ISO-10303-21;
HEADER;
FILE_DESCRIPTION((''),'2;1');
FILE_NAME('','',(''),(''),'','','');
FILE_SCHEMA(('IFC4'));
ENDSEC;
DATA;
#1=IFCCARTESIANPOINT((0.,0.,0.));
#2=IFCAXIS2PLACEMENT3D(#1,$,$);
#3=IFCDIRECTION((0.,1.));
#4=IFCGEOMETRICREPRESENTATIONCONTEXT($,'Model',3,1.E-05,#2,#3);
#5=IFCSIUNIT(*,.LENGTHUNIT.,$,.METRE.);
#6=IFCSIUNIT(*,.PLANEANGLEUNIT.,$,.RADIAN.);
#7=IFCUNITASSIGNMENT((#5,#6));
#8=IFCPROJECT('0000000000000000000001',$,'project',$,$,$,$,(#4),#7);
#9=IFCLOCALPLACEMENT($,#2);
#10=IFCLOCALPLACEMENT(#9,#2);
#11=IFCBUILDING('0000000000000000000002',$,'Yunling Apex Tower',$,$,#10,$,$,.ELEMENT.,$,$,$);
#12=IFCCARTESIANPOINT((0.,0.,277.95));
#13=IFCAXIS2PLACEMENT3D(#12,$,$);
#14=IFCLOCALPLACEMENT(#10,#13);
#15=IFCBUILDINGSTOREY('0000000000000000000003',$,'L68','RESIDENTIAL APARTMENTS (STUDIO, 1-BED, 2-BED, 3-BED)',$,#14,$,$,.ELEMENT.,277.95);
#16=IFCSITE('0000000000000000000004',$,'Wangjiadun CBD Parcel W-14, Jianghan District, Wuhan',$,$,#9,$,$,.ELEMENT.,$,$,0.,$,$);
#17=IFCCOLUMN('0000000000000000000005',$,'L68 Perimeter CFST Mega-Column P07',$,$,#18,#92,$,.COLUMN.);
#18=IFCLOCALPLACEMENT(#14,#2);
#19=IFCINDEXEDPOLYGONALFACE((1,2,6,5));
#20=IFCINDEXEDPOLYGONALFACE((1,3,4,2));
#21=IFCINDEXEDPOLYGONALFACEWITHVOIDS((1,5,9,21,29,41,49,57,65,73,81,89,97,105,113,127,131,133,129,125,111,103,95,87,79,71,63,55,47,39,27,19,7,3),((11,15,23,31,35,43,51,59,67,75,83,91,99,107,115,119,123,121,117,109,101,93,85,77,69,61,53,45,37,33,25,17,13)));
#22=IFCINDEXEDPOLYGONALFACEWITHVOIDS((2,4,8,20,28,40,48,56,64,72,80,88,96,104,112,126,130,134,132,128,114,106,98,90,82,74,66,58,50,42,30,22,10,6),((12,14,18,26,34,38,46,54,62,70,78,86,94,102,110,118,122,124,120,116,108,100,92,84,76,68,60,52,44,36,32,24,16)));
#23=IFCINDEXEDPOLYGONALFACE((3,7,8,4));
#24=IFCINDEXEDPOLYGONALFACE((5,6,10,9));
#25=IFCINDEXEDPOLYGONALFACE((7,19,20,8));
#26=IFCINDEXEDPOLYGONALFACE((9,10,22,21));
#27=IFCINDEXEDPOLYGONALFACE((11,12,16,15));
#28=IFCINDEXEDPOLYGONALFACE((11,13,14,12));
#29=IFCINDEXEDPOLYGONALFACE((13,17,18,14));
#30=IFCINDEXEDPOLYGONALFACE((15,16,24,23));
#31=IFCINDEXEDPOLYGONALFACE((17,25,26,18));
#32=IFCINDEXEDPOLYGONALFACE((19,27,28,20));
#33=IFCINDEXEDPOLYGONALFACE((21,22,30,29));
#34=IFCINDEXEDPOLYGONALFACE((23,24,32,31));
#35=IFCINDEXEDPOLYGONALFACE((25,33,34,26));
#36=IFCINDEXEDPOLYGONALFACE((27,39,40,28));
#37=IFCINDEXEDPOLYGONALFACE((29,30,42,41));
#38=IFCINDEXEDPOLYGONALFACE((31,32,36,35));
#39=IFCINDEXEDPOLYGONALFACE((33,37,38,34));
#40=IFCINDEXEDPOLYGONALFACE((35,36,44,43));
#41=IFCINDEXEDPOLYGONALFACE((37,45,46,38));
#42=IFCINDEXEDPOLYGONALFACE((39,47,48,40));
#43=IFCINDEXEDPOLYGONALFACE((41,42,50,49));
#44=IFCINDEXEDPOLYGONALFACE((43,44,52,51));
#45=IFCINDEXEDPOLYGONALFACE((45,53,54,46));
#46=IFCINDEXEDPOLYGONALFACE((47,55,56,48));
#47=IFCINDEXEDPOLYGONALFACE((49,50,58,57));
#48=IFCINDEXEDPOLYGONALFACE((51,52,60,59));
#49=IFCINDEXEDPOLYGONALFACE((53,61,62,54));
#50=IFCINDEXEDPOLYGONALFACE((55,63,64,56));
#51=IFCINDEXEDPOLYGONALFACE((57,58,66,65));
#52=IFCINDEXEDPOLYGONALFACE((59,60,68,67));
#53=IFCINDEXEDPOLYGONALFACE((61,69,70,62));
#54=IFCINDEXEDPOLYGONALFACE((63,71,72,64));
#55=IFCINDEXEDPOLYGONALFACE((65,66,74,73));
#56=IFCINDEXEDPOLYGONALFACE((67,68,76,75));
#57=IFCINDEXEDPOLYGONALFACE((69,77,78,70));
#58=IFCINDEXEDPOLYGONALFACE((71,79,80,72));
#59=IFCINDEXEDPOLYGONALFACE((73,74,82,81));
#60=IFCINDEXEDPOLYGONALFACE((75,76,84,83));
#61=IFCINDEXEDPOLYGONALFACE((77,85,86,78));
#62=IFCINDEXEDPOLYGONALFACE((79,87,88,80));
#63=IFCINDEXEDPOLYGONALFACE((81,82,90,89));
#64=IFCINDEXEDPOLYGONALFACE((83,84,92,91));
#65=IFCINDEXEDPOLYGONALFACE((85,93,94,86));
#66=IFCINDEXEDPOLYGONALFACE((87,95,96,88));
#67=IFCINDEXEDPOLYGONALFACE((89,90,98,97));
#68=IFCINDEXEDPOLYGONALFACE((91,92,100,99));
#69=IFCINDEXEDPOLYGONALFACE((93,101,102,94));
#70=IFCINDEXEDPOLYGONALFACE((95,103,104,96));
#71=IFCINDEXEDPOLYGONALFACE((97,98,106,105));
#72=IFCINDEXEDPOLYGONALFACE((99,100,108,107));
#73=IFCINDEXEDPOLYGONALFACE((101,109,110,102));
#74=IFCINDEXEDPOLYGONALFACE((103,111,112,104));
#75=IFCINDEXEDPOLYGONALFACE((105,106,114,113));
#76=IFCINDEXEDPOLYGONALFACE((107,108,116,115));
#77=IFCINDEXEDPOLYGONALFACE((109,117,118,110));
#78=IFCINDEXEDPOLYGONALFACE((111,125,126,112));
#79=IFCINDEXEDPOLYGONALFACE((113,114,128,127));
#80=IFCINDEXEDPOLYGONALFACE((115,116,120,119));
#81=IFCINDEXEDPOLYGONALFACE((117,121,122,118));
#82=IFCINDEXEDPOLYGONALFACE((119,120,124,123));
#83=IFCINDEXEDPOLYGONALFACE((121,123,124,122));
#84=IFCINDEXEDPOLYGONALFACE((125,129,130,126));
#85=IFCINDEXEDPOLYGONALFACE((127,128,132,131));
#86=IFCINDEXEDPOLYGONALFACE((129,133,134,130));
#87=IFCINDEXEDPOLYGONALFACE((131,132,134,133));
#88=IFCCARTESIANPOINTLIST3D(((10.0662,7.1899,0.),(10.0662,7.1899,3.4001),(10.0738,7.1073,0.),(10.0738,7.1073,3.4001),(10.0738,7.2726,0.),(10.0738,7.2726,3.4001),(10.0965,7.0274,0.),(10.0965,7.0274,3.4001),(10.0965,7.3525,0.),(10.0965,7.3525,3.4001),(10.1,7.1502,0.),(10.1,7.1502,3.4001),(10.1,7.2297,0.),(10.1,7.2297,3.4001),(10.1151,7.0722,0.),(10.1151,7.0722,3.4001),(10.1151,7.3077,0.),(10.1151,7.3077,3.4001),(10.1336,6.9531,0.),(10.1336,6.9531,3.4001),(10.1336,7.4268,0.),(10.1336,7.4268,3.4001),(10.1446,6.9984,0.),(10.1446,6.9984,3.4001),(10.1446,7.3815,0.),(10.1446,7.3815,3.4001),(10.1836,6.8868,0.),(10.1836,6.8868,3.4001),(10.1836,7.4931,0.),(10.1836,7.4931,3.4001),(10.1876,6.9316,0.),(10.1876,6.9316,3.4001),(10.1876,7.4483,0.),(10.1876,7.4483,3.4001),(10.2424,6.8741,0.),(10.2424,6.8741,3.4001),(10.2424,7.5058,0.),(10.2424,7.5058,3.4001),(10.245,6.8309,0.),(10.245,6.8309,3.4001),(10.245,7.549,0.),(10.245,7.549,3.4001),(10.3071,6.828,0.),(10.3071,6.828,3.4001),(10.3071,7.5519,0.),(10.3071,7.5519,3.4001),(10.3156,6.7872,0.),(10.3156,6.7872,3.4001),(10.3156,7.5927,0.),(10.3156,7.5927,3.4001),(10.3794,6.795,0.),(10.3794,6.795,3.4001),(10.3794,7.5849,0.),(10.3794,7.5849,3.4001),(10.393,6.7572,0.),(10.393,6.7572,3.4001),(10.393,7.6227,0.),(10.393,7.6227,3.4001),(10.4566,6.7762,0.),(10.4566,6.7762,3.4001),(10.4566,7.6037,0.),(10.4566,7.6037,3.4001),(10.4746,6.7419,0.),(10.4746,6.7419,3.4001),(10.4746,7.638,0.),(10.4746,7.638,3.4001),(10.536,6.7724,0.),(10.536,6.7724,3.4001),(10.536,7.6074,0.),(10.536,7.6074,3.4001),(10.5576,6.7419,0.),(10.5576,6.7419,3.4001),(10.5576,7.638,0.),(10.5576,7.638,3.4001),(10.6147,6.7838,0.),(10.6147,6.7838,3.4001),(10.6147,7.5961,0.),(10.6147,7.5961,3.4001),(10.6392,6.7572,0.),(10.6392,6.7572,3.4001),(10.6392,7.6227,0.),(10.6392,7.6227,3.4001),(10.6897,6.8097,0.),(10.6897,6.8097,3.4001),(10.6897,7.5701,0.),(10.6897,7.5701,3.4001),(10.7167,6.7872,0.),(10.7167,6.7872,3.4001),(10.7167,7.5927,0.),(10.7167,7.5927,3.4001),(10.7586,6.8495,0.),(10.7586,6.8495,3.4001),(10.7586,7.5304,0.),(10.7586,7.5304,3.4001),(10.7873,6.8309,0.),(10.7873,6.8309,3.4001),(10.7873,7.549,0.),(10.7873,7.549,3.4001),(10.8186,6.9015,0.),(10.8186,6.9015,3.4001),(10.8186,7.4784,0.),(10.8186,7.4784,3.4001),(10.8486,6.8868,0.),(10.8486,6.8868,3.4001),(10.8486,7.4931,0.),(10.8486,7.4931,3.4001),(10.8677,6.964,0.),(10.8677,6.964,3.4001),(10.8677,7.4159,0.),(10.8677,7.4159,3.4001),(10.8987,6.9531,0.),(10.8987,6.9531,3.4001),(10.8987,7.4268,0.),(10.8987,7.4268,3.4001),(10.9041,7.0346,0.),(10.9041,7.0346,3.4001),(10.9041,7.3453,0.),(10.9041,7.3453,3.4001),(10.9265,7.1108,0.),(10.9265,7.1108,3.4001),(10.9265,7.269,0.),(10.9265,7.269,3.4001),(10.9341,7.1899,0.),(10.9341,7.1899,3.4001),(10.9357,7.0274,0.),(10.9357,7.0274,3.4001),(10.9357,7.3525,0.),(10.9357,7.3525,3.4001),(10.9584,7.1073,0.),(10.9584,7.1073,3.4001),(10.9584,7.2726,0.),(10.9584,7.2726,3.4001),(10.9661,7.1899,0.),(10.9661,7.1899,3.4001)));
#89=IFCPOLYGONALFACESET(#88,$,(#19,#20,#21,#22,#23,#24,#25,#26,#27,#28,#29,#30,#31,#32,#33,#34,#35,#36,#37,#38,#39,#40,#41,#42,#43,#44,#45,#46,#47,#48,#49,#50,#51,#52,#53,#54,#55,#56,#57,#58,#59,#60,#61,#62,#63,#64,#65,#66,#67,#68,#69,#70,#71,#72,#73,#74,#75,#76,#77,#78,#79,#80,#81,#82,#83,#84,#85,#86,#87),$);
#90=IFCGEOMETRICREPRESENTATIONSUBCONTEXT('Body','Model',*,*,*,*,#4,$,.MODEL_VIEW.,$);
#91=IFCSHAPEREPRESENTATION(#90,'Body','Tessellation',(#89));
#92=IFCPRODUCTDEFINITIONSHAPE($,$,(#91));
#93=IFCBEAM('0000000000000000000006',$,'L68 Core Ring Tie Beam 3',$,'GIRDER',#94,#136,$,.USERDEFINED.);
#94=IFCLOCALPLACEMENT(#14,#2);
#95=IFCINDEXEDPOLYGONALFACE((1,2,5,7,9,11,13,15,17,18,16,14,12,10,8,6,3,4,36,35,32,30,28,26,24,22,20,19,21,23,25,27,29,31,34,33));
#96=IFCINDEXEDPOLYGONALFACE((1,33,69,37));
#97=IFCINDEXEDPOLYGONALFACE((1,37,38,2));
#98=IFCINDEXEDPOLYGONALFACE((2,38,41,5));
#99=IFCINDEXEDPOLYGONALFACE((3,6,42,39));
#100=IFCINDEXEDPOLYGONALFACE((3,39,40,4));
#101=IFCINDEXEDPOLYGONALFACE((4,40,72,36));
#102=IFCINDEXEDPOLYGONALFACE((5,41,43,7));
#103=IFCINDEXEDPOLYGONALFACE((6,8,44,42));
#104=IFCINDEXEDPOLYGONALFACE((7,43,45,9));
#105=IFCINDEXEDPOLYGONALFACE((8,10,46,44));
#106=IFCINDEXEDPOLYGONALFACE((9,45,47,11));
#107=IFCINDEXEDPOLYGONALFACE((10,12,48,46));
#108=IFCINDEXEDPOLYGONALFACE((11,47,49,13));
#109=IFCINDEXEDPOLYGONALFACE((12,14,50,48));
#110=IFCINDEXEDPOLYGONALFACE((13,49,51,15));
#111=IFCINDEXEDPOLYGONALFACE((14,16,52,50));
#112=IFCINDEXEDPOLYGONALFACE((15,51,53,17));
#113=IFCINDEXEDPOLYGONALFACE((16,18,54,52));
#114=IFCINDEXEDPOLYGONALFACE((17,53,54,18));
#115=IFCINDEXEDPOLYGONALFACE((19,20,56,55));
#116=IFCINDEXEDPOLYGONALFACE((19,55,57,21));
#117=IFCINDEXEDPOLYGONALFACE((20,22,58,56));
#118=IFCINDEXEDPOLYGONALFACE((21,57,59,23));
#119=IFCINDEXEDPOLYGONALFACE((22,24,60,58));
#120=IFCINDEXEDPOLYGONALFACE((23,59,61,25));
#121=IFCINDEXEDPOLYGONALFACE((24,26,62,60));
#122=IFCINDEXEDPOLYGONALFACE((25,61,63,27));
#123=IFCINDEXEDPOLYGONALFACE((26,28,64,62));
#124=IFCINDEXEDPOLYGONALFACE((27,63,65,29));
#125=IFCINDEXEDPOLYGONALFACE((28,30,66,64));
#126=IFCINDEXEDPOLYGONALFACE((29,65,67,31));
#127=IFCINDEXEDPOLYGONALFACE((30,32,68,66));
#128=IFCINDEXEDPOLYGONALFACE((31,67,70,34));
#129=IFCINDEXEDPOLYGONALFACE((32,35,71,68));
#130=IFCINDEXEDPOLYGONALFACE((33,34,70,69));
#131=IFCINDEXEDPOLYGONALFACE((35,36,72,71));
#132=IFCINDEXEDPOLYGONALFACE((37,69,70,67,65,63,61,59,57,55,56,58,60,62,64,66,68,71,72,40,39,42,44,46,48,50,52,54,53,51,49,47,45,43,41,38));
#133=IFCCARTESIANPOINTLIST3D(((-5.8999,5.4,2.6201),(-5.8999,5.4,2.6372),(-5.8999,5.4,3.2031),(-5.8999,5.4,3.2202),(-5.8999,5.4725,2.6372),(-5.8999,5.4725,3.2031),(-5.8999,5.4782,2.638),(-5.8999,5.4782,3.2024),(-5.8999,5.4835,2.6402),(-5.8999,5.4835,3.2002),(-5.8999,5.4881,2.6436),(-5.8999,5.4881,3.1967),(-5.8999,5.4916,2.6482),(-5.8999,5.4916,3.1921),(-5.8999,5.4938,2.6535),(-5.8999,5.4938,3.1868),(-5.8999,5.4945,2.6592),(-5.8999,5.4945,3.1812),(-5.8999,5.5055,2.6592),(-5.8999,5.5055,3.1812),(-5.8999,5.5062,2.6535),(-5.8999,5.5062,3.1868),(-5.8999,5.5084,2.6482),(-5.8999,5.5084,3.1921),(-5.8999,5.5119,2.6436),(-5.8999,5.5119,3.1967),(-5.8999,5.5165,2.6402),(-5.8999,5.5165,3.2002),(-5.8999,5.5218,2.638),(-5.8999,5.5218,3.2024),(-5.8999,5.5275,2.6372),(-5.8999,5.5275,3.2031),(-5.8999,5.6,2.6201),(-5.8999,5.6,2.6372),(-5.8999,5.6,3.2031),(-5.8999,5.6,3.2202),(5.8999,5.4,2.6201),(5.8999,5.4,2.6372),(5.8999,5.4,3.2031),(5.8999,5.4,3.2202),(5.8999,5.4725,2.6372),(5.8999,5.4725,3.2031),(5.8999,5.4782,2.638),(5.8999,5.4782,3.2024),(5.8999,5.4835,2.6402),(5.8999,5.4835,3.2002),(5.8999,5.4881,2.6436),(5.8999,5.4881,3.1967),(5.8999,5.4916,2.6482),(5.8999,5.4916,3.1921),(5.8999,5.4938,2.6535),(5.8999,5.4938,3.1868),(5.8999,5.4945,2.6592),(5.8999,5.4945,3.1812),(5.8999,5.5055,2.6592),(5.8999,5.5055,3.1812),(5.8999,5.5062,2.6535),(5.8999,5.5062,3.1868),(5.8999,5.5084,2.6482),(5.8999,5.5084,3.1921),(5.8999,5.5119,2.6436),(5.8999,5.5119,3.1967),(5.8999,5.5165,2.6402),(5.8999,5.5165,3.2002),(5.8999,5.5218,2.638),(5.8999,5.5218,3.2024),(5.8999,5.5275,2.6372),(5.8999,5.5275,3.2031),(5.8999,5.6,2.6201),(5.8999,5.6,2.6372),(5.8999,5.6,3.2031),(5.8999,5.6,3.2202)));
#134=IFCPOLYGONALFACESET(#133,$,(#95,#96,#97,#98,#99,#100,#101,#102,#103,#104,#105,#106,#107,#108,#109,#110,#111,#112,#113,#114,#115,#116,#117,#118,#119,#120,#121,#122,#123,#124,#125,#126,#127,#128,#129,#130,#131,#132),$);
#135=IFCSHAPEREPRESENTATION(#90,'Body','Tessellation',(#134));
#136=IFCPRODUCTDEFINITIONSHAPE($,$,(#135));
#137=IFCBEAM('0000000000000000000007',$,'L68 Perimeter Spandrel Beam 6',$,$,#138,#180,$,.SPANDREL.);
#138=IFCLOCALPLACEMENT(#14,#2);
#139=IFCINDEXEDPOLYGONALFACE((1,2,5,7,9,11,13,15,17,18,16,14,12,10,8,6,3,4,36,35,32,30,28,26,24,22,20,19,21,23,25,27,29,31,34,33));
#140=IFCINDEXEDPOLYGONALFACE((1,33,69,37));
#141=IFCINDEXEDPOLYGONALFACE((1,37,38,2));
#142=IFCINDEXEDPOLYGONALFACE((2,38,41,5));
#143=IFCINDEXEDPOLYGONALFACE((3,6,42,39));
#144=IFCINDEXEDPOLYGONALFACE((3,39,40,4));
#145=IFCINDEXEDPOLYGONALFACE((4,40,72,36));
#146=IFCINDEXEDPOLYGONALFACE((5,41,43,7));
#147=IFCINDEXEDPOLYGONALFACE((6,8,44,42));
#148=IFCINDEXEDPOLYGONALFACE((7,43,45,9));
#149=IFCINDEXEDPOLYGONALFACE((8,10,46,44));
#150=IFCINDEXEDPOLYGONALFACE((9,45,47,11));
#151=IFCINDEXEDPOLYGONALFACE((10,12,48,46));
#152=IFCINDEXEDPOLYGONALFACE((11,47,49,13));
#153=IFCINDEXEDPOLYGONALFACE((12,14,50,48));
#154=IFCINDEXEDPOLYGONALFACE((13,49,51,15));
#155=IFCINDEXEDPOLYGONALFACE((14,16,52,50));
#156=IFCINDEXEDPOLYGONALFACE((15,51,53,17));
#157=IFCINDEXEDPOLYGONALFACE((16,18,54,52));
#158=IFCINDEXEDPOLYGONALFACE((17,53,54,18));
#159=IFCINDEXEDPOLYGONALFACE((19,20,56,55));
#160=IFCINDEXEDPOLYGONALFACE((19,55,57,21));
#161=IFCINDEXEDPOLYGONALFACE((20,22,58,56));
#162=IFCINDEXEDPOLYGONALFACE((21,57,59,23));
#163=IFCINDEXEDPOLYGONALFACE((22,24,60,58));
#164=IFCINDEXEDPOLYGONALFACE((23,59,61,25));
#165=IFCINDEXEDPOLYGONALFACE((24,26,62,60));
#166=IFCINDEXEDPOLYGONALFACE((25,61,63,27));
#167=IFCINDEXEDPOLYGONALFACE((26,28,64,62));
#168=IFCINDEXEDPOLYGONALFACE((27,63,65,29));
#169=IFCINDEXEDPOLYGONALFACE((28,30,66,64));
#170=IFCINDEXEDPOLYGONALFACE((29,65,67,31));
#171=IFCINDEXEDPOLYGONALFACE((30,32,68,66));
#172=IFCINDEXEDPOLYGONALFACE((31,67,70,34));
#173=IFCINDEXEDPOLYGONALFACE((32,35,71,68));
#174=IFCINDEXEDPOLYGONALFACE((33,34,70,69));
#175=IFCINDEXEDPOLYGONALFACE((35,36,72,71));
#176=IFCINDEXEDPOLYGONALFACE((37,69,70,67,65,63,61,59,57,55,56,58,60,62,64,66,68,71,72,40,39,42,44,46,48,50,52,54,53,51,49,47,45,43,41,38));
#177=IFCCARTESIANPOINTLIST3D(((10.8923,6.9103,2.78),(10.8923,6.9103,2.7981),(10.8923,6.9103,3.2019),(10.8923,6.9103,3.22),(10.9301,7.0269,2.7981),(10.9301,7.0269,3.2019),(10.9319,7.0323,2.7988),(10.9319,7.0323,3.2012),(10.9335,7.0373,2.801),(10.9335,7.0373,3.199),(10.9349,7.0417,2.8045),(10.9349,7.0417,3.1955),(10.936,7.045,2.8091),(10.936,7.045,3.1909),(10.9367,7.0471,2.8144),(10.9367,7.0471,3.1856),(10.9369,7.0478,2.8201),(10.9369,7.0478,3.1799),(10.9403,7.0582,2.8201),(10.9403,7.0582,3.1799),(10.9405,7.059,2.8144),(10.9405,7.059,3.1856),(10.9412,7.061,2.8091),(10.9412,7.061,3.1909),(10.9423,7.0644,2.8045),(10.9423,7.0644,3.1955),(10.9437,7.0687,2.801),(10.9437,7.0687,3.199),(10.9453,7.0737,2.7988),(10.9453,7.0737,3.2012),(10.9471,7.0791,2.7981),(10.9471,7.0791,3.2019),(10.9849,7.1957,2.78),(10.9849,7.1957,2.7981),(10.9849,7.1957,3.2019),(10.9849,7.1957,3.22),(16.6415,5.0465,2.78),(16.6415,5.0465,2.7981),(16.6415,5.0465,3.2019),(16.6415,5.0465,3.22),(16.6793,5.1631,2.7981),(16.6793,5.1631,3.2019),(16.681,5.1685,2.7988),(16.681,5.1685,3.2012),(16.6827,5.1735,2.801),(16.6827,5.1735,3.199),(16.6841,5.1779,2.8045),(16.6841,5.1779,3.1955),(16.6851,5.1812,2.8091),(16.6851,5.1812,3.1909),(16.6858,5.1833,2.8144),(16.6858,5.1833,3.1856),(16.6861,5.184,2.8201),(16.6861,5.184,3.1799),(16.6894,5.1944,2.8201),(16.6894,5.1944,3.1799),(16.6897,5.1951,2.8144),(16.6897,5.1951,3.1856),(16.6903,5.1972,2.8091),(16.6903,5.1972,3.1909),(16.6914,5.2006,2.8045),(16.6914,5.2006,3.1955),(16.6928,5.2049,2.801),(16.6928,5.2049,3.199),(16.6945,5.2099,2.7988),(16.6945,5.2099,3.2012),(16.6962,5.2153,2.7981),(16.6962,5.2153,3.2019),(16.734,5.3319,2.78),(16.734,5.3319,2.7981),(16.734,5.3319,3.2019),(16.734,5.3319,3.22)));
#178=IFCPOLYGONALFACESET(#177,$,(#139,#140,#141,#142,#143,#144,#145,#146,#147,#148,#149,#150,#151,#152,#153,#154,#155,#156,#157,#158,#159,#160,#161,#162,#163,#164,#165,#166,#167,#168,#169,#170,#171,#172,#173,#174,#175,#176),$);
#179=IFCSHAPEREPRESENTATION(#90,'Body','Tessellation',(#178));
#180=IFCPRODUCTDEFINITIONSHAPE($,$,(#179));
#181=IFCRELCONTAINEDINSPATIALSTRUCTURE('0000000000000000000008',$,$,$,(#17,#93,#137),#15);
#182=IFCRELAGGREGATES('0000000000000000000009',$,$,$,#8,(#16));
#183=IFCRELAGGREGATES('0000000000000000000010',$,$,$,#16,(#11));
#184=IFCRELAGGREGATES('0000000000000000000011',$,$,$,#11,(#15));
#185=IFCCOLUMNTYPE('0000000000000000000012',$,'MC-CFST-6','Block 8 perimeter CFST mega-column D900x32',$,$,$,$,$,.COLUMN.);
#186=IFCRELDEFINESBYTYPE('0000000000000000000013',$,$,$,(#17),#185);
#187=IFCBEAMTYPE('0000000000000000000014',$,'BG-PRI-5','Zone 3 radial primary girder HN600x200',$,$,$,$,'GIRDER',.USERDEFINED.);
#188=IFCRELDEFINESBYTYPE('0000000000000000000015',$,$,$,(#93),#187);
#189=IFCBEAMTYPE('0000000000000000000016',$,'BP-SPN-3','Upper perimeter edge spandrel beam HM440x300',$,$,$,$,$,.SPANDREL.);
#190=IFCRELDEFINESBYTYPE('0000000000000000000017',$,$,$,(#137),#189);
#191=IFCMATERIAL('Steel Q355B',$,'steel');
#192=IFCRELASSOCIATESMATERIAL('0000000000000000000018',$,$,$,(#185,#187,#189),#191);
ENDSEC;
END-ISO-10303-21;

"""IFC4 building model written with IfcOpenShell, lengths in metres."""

from ifc_helpers import new_model, si_unit, direction, frame, origin, origin_2d, place, context, subcontext, project, spatial, hollow_circle, i_section, extrude, source, transform, mapped, material, material_profile, profile_set, type_object, element, save


model = new_model("IFC4")

# Units and contexts
model_context = context("Model", 3, precision=1e-05, world=origin(), true_north=direction((0.0, 1.0)))
body_context = subcontext(model_context, "Body", "Model", "MODEL_VIEW")
ifc_project = project(units=[si_unit("LENGTHUNIT", "METRE"), si_unit("PLANEANGLEUNIT", "RADIAN")], contexts=[model_context])

# Site, building, storey
site_placement = place(None, origin())
site = spatial("IfcSite", under=ifc_project, at=site_placement, Name="Wangjiadun CBD Parcel W-14, Jianghan District, Wuhan", CompositionType="ELEMENT", RefElevation=0.0)
building_placement = place(site_placement, origin())
building = spatial("IfcBuilding", under=site, at=building_placement, Name="Yunling Apex Tower", CompositionType="ELEMENT")
storey_placement = place(building_placement, frame((0.0, 0.0, 277.95)))
storey = spatial("IfcBuildingStorey", under=building, at=storey_placement, Name="L68", Description="RESIDENTIAL APARTMENTS (STUDIO, 1-BED, 2-BED, 3-BED)", CompositionType="ELEMENT", Elevation=277.95)

# Column
ifc_material_1 = material(Name="Steel Q355B", Category="steel")
ifc_material_profile_1 = material_profile(ifc_material_1, hollow_circle(Radius=0.45, WallThickness=0.032, at=origin_2d()))
ifc_profile_set_1 = profile_set([ifc_material_profile_1], Name="Steel Q355B")
column_type_1 = type_object("IfcColumnType", Name="MC-CFST-6", Description="Block 8 perimeter CFST mega-column D900x32", PredefinedType="COLUMN", material=ifc_profile_set_1)
shared_shape_1 = source(origin(), body_context, "Body", "SweptSolid", [
    extrude(hollow_circle(Radius=0.45, WallThickness=0.032, at=origin_2d()), origin(), (0.0, 0.0, 1.0), 3.4001),
])
for number, where, z_axis, x_axis, name in (
    (1, (10.5161, 7.1899, 0.0), (0.0, 0.0, 1.0), (1.0, 0.0, 0.0), "L68 Perimeter CFST Mega-Column P07"),
):
    element("IfcColumn", number, at=place(storey_placement, frame(where, z_axis=z_axis, x_axis=x_axis)), inside=storey, type_object=column_type_1, Name=name, PredefinedType="COLUMN", context=body_context, shape_type="MappedRepresentation", body=[
        mapped(shared_shape_1, transform((0.0, 0.0, 0.0), scale=1.0)),
    ])

# Beams
ifc_material_profile_2 = material_profile(ifc_material_1, i_section(OverallWidth=0.2, OverallDepth=0.6001, WebThickness=0.011, FlangeThickness=0.0171, FilletRadius=0.022, at=origin_2d()))
ifc_profile_set_2 = profile_set([ifc_material_profile_2], Name="Steel Q355B")
beam_type_1 = type_object("IfcBeamType", Name="BG-PRI-5", Description="Zone 3 radial primary girder HN600x200", ElementType="GIRDER", PredefinedType="USERDEFINED", material=ifc_profile_set_2)
shared_shape_2 = source(origin(), body_context, "Body", "SweptSolid", [
    extrude(i_section(OverallWidth=0.2, OverallDepth=0.6001, WebThickness=0.011, FlangeThickness=0.0171, FilletRadius=0.022, at=origin_2d()), origin(), (0.0, 0.0, 1.0), 11.7998),
])
beam_1_placement = place(storey_placement, frame((5.8999, 5.5, 2.9202), z_axis=(-1.0, 0.0, 0.0), x_axis=(0.0, -1.0, 0.0)))
element("IfcBeam", 2, at=beam_1_placement, inside=storey, type_object=beam_type_1, Name="L68 Core Ring Tie Beam 3", ObjectType="GIRDER", PredefinedType="USERDEFINED", context=body_context, shape_type="MappedRepresentation", body=[
    mapped(shared_shape_2, transform((0.0, 0.0, 0.0), scale=1.0)),
])
ifc_material_profile_3 = material_profile(ifc_material_1, i_section(OverallWidth=0.3, OverallDepth=0.4399, WebThickness=0.011, FlangeThickness=0.0181, FilletRadius=0.022, at=origin_2d()))
ifc_profile_set_3 = profile_set([ifc_material_profile_3], Name="Steel Q355B")
beam_type_2 = type_object("IfcBeamType", Name="BP-SPN-3", Description="Upper perimeter edge spandrel beam HM440x300", PredefinedType="SPANDREL", material=ifc_profile_set_3)
shared_shape_3 = source(origin(), body_context, "Body", "SweptSolid", [
    extrude(i_section(OverallWidth=0.3, OverallDepth=0.4399, WebThickness=0.011, FlangeThickness=0.0181, FilletRadius=0.022, at=origin_2d()), origin(), (0.0, 0.0, 1.0), 6.0437),
])
beam_2_placement = place(storey_placement, frame((16.6877, 5.1892, 3.0), z_axis=(-0.951261, 0.308388, 0.0), x_axis=(-0.308388, -0.951261, 0.0)))
element("IfcBeam", 3, at=beam_2_placement, inside=storey, type_object=beam_type_2, Name="L68 Perimeter Spandrel Beam 6", PredefinedType="SPANDREL", context=body_context, shape_type="MappedRepresentation", body=[
    mapped(shared_shape_3, transform((0.0, 0.0, 0.0), scale=1.0)),
])

save(model, "model.ifc")
